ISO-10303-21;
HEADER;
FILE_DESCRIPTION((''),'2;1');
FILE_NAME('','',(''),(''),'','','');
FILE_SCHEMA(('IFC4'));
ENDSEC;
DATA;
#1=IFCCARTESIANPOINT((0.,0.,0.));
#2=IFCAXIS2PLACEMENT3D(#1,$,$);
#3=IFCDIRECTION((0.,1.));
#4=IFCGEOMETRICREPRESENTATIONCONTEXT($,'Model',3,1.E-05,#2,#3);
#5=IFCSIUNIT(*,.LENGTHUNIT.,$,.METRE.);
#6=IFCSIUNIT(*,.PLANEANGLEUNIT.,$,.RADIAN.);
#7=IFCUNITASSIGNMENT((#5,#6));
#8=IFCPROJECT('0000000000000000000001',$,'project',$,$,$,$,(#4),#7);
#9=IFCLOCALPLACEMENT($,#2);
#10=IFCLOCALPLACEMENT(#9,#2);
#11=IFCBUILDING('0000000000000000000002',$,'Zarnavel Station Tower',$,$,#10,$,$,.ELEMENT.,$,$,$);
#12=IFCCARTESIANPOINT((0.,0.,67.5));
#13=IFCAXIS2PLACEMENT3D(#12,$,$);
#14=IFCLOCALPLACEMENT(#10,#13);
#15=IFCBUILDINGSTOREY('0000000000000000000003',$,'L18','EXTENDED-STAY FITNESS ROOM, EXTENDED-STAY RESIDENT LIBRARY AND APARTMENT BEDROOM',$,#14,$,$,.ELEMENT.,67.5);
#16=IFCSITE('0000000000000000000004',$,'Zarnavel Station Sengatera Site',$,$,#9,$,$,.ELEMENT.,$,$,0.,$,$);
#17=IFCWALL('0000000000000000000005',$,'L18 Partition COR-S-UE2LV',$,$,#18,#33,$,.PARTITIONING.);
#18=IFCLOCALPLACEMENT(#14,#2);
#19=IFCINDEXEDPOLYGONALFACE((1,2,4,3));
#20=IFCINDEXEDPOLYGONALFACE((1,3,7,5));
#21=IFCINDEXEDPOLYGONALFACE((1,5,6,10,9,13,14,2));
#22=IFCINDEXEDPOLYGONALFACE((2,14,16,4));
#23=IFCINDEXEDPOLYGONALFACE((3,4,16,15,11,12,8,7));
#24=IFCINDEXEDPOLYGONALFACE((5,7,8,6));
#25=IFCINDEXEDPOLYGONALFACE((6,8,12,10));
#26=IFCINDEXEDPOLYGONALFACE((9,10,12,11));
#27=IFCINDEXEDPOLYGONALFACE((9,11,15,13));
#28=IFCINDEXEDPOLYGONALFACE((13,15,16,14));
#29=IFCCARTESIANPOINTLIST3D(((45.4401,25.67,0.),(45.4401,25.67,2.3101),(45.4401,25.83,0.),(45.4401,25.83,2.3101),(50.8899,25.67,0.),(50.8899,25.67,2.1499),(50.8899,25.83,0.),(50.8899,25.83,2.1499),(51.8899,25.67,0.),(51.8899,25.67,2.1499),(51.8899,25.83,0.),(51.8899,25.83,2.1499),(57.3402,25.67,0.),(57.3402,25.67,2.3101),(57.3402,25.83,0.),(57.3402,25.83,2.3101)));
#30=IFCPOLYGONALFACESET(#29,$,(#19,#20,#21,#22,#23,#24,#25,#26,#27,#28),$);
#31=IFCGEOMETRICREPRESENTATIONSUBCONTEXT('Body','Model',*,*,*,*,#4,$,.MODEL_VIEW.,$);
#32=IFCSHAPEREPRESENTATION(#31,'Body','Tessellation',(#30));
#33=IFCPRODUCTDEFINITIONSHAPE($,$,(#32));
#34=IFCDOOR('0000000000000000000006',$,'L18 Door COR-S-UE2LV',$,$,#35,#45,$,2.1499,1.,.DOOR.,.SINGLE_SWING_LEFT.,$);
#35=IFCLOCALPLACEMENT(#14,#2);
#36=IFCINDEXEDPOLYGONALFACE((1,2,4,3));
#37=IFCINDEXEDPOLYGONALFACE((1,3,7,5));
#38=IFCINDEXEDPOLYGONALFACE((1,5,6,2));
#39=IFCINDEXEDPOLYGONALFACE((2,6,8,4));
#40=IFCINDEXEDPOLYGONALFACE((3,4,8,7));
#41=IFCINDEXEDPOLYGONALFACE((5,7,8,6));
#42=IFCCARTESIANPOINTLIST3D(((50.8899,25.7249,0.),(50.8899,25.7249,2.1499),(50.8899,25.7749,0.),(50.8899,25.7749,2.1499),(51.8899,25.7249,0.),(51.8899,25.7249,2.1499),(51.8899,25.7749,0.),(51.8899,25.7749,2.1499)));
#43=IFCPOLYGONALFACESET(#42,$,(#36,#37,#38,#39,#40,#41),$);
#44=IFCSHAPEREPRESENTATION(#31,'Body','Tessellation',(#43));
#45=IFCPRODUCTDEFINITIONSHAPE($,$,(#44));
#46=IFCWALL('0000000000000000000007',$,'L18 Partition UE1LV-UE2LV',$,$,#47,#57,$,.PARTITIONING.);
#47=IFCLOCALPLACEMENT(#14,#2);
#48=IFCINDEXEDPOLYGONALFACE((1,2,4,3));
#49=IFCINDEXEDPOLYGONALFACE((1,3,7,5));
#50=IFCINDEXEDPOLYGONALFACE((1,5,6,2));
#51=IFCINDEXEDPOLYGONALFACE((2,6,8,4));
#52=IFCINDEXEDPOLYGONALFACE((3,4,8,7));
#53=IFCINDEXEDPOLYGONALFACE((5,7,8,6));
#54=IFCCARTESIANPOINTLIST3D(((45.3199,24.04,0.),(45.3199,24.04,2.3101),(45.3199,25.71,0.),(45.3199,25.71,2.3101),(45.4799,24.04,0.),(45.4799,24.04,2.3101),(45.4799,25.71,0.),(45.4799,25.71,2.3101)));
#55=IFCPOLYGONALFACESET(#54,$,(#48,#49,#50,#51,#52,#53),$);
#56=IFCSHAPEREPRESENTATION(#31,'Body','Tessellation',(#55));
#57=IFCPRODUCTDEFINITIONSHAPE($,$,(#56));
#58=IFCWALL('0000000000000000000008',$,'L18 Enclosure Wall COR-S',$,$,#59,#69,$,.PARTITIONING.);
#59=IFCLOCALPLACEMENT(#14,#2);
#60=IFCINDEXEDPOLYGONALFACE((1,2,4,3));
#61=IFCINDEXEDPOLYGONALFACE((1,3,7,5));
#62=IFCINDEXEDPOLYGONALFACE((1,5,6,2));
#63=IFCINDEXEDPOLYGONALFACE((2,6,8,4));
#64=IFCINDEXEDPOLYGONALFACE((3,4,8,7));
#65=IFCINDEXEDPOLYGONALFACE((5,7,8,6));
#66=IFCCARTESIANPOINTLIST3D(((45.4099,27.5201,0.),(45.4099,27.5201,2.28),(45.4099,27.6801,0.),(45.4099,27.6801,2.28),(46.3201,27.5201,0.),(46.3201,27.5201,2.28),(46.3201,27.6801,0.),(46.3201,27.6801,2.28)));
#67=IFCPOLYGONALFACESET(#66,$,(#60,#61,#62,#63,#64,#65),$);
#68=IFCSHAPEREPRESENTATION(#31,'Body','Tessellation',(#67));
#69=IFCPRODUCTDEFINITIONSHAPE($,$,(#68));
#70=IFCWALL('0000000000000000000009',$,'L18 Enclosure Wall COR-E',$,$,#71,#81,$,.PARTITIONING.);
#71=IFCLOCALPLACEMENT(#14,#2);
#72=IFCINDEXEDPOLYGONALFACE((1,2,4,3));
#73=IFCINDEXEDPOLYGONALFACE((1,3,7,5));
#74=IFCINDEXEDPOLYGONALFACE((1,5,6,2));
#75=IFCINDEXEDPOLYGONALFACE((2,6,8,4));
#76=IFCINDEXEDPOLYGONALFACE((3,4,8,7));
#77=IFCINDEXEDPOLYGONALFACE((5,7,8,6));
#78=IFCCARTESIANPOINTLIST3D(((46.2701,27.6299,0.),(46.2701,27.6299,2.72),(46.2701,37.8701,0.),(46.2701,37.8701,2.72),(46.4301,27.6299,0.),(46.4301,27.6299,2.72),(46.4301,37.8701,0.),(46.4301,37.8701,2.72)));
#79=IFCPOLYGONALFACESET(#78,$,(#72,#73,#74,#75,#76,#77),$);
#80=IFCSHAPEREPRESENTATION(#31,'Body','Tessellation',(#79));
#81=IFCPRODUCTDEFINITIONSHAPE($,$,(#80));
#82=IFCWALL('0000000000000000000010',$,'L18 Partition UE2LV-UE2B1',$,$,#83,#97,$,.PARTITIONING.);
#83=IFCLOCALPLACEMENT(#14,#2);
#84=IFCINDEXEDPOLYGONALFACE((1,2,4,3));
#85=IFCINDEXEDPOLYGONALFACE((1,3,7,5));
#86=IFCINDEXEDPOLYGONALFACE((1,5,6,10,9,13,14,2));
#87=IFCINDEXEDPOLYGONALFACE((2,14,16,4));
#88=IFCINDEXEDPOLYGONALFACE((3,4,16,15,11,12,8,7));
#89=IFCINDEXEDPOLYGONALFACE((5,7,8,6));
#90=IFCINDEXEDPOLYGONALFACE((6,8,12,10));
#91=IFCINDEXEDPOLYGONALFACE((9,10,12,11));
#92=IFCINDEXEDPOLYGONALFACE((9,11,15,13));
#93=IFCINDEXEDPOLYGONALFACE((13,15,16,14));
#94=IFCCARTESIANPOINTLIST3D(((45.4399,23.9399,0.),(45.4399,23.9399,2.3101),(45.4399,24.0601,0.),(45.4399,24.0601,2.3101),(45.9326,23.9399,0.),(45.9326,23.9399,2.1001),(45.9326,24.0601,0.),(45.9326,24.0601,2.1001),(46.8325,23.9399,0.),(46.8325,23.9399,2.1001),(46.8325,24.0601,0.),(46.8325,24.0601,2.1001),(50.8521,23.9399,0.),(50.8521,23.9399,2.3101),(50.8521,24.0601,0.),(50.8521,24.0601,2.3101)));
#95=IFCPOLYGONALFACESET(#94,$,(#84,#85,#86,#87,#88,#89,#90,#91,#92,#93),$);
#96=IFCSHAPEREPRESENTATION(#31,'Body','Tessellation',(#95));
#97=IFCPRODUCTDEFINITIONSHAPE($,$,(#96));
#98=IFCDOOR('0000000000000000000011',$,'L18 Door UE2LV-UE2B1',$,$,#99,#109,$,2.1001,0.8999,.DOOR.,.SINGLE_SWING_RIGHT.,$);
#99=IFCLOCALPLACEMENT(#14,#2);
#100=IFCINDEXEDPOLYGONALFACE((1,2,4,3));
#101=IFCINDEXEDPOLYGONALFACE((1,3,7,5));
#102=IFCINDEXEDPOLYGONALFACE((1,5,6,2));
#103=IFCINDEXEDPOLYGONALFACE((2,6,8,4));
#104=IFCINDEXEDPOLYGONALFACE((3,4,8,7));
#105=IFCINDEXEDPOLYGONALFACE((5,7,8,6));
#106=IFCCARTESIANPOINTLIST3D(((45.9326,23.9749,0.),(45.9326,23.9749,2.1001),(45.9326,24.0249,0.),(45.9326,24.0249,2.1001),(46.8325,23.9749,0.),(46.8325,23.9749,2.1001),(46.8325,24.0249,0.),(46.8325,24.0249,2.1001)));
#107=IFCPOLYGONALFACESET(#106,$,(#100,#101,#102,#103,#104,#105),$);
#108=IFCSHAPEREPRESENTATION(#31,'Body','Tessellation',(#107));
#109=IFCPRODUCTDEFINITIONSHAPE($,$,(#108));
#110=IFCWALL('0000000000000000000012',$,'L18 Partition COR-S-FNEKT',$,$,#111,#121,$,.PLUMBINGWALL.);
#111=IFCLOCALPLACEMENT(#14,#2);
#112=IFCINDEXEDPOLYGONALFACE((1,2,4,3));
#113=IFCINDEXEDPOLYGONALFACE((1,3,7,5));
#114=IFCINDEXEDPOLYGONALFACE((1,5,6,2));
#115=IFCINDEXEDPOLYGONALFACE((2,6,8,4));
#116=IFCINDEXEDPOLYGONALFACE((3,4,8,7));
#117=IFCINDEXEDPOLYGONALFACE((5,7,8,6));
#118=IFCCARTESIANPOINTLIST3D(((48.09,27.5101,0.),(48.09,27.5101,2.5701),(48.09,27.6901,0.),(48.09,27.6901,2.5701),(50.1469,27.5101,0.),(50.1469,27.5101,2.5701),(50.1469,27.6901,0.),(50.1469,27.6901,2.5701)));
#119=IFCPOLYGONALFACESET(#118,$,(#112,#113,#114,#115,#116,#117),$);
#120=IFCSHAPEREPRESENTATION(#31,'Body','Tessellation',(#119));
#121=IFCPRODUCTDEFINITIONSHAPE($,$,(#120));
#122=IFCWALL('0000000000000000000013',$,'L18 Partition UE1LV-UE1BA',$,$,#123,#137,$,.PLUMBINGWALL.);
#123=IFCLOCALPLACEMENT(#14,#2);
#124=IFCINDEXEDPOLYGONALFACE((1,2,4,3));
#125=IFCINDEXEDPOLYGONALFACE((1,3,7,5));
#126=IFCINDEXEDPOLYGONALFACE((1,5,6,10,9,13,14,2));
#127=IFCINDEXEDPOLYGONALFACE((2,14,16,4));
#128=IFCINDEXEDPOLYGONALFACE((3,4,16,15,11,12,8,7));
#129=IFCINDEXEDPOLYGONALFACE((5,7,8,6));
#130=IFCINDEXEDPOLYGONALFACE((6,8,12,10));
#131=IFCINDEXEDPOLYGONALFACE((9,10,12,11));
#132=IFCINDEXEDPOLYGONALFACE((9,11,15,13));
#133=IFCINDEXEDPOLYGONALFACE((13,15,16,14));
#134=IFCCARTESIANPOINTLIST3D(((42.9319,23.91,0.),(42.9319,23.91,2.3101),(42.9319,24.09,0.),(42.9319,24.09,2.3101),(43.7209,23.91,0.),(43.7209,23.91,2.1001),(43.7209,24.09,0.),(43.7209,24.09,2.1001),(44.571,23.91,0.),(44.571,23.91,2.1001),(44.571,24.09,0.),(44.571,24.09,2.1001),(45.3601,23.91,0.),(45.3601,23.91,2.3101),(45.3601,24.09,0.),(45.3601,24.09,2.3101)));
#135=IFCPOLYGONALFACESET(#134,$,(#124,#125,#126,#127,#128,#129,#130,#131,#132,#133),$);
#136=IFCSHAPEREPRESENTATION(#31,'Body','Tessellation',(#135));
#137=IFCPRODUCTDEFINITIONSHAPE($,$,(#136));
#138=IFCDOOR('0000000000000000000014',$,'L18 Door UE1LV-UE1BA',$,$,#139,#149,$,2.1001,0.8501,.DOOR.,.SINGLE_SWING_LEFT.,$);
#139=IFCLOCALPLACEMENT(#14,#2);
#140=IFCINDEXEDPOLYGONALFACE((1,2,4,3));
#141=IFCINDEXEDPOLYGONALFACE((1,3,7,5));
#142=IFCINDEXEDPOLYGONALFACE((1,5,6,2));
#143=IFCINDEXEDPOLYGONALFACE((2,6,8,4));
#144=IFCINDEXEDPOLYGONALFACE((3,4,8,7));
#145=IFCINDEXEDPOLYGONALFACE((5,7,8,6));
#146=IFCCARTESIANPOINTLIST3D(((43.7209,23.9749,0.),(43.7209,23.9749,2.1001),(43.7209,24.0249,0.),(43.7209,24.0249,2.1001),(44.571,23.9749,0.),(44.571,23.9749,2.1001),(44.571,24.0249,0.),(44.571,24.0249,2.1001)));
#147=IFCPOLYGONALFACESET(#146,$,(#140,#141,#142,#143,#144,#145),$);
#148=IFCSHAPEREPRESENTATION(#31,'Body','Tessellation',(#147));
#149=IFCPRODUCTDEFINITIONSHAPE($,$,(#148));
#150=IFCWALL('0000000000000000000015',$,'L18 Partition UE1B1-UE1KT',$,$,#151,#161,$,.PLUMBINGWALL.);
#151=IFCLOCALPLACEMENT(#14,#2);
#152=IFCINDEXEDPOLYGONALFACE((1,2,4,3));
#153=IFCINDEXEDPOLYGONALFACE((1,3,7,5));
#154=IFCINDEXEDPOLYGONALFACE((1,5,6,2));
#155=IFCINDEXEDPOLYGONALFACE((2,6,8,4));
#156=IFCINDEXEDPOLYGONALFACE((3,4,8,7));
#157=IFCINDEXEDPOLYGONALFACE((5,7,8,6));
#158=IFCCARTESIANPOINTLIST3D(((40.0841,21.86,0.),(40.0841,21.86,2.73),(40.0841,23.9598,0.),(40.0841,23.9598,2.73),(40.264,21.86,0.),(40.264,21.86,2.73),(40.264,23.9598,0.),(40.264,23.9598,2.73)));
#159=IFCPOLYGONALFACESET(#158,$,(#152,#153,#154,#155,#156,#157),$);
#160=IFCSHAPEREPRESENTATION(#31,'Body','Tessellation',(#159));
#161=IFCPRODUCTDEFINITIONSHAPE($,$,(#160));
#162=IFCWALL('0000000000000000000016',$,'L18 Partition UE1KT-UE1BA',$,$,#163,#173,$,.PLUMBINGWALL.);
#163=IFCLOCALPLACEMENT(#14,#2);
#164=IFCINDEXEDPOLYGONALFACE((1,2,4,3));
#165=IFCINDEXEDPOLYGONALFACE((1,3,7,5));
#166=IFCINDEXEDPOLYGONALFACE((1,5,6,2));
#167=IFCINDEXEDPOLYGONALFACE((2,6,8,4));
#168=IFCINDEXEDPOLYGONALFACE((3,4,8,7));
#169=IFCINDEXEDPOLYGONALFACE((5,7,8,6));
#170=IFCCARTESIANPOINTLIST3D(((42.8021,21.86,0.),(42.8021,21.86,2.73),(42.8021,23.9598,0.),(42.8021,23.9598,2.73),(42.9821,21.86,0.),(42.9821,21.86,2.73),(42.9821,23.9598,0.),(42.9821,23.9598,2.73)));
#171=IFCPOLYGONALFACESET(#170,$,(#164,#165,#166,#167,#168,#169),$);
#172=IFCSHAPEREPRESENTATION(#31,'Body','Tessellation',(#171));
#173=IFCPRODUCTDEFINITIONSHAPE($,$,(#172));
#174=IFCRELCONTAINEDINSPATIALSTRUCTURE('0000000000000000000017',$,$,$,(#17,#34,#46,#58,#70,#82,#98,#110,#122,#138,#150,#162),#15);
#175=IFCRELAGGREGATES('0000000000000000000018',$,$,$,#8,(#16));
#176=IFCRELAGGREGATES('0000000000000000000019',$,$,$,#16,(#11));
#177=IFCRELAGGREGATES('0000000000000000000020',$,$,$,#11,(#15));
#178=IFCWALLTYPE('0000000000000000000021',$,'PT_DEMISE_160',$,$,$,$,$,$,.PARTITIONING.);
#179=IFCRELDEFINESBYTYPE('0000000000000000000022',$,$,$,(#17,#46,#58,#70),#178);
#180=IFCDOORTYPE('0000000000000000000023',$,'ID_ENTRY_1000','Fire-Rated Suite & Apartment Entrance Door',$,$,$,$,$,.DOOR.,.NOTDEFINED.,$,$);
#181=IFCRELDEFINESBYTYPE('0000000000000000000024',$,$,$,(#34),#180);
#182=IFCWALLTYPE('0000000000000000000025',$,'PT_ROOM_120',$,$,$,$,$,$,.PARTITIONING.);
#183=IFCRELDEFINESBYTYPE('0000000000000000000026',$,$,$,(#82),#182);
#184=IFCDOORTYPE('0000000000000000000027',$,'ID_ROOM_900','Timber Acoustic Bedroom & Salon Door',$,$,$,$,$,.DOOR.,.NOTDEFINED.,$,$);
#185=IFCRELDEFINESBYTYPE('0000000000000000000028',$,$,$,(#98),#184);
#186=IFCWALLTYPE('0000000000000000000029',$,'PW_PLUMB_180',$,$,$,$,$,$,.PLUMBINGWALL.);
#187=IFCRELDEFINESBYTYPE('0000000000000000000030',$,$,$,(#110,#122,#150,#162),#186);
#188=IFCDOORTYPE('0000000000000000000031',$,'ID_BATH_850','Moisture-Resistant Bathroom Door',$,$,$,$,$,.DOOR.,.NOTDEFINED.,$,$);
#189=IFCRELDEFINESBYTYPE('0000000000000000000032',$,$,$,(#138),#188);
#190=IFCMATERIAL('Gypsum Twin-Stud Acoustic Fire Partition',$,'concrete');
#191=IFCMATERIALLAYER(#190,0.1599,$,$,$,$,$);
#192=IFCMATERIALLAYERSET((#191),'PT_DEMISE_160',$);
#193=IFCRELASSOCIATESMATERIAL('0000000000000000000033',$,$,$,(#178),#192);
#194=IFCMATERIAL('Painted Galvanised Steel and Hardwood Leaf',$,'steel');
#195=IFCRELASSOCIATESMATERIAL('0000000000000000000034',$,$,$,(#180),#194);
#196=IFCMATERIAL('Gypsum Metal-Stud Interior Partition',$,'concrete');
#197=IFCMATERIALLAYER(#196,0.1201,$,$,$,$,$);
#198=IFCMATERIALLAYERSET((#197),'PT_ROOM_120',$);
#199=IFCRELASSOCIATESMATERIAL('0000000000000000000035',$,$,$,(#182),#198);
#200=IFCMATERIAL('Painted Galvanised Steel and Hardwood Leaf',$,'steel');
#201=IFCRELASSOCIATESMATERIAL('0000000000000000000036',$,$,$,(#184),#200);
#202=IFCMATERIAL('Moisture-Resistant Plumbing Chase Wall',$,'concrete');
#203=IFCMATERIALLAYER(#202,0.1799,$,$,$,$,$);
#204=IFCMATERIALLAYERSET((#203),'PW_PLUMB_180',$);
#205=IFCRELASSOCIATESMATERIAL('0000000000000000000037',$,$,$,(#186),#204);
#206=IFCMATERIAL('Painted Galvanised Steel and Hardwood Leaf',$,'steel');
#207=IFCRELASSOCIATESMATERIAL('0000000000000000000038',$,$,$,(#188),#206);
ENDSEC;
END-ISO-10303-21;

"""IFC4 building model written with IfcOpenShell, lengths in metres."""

from ifc_helpers import new_model, si_unit, direction, frame, frame_2d, origin, place, context, subcontext, project, spatial, rectangle, extrude, material, layer, layer_set, type_object, element, fill, save


model = new_model("IFC4")

# Units and contexts
model_context = context("Model", 3, precision=1e-05, world=origin(), true_north=direction((0.0, 1.0)))
body_context = subcontext(model_context, "Body", "Model", "MODEL_VIEW")
ifc_project = project(units=[si_unit("LENGTHUNIT", "METRE"), si_unit("PLANEANGLEUNIT", "RADIAN")], contexts=[model_context])

# Site, building, storey
site_placement = place(None, origin())
site = spatial("IfcSite", under=ifc_project, at=site_placement, Name="Zarnavel Station Sengatera Site", CompositionType="ELEMENT", RefElevation=0.0)
building_placement = place(site_placement, origin())
building = spatial("IfcBuilding", under=site, at=building_placement, Name="Zarnavel Station Tower", CompositionType="ELEMENT")
storey_placement = place(building_placement, frame((0.0, 0.0, 67.5)))
storey = spatial("IfcBuildingStorey", under=building, at=storey_placement, Name="L18", Description="EXTENDED-STAY FITNESS ROOM, EXTENDED-STAY RESIDENT LIBRARY AND APARTMENT BEDROOM", CompositionType="ELEMENT", Elevation=67.5)

# Wall, opening, door
ifc_material_1 = material(Name="Gypsum Twin-Stud Acoustic Fire Partition", Category="concrete")
ifc_layer_1 = layer(ifc_material_1, 0.1599)
ifc_layer_set_1 = layer_set([ifc_layer_1], Name="PT_DEMISE_160")
wall_type_1 = type_object("IfcWallType", Name="PT_DEMISE_160", PredefinedType="PARTITIONING", material=ifc_layer_set_1)
wall_1_placement = place(storey_placement, frame((45.4399, 25.75, 0.0), z_axis=(0.0, 0.0, 1.0), x_axis=(1.0, 0.0, 0.0)))
wall_1 = element("IfcWall", 1, at=wall_1_placement, inside=storey, type_object=wall_type_1, Name="L18 Partition COR-S-UE2LV", PredefinedType="PARTITIONING", context=body_context, shape_type="SweptSolid", body=[
    extrude(rectangle(XDim=11.9001, YDim=0.1599, at=frame_2d((5.9502, 0.0))), origin(), (0.0, 0.0, 1.0), 2.3101),
])
opening_1_placement = place(wall_1_placement, frame((5.45, 0.0, 0.0)))
opening_1 = element("IfcOpeningElement", 2, at=opening_1_placement, cuts=wall_1, PredefinedType="OPENING", context=body_context, shape_type="SweptSolid", body=[
    extrude(rectangle(XDim=1.0, YDim=2.1499, at=frame_2d((0.5, 1.075))), frame((0.0, 0.0898, 0.0), z_axis=(0.0, -1.0, 0.0), x_axis=(1.0, 0.0, 0.0)), (0.0, 0.0, 1.0), 0.1799),
])
ifc_material_2 = material(Name="Painted Galvanised Steel and Hardwood Leaf", Category="steel")
door_type_1 = type_object("IfcDoorType", Name="ID_ENTRY_1000", Description="Fire-Rated Suite & Apartment Entrance Door", OperationType="NOTDEFINED", PredefinedType="DOOR", material=ifc_material_2)
door_1_placement = place(opening_1_placement, origin())
door_1 = element("IfcDoor", 3, at=door_1_placement, inside=storey, type_object=door_type_1, Name="L18 Door COR-S-UE2LV", OperationType="SINGLE_SWING_LEFT", OverallHeight=2.1499, OverallWidth=1.0, PredefinedType="DOOR", context=body_context, shape_type="SweptSolid", body=[
    extrude(rectangle(XDim=1.0, YDim=2.1499, at=frame_2d((0.5, 1.075))), frame((0.0, 0.0249, 0.0), z_axis=(0.0, -1.0, 0.0), x_axis=(1.0, 0.0, 0.0)), (0.0, 0.0, 1.0), 0.05),
])
fill(opening_1, door_1)

# Walls
wall_2_placement = place(storey_placement, frame((45.3999, 24.04, 0.0), z_axis=(0.0, 0.0, 1.0), x_axis=(0.0, 1.0, 0.0)))
element("IfcWall", 4, at=wall_2_placement, inside=storey, type_object=wall_type_1, Name="L18 Partition UE1LV-UE2LV", PredefinedType="PARTITIONING", context=body_context, shape_type="SweptSolid", body=[
    extrude(rectangle(XDim=1.6699, YDim=0.1599, at=frame_2d((0.835, 0.0))), origin(), (0.0, 0.0, 1.0), 2.3101),
])
wall_3_placement = place(storey_placement, frame((45.4099, 27.6001, 0.0), z_axis=(0.0, 0.0, 1.0), x_axis=(1.0, 0.0, 0.0)))
element("IfcWall", 5, at=wall_3_placement, inside=storey, type_object=wall_type_1, Name="L18 Enclosure Wall COR-S", PredefinedType="PARTITIONING", context=body_context, shape_type="SweptSolid", body=[
    extrude(rectangle(XDim=0.9102, YDim=0.1599, at=frame_2d((0.4551, 0.0))), origin(), (0.0, 0.0, 1.0), 2.28),
])
wall_4_placement = place(storey_placement, frame((46.3501, 27.6299, 0.0), z_axis=(0.0, 0.0, 1.0), x_axis=(0.0, 1.0, 0.0)))
element("IfcWall", 6, at=wall_4_placement, inside=storey, type_object=wall_type_1, Name="L18 Enclosure Wall COR-E", PredefinedType="PARTITIONING", context=body_context, shape_type="SweptSolid", body=[
    extrude(rectangle(XDim=10.2402, YDim=0.1599, at=frame_2d((5.1201, 0.0))), origin(), (0.0, 0.0, 1.0), 2.72),
])

# Wall, opening, door
ifc_material_3 = material(Name="Gypsum Metal-Stud Interior Partition", Category="concrete")
ifc_layer_2 = layer(ifc_material_3, 0.1201)
ifc_layer_set_2 = layer_set([ifc_layer_2], Name="PT_ROOM_120")
wall_type_2 = type_object("IfcWallType", Name="PT_ROOM_120", PredefinedType="PARTITIONING", material=ifc_layer_set_2)
wall_5_placement = place(storey_placement, frame((45.4399, 24.0, 0.0), z_axis=(0.0, 0.0, 1.0), x_axis=(1.0, 0.0, 0.0)))
wall_5 = element("IfcWall", 7, at=wall_5_placement, inside=storey, type_object=wall_type_2, Name="L18 Partition UE2LV-UE2B1", PredefinedType="PARTITIONING", context=body_context, shape_type="SweptSolid", body=[
    extrude(rectangle(XDim=5.4121, YDim=0.1201, at=frame_2d((2.7061, 0.0))), origin(), (0.0, 0.0, 1.0), 2.3101),
])
opening_2_placement = place(wall_5_placement, frame((0.4927, 0.0, 0.0)))
opening_2 = element("IfcOpeningElement", 8, at=opening_2_placement, cuts=wall_5, PredefinedType="OPENING", context=body_context, shape_type="SweptSolid", body=[
    extrude(rectangle(XDim=0.8999, YDim=2.1001, at=frame_2d((0.45, 1.05))), frame((0.0, 0.0701, 0.0), z_axis=(0.0, -1.0, 0.0), x_axis=(1.0, 0.0, 0.0)), (0.0, 0.0, 1.0), 0.1401),
])
ifc_material_4 = material(Name="Painted Galvanised Steel and Hardwood Leaf", Category="steel")
door_type_2 = type_object("IfcDoorType", Name="ID_ROOM_900", Description="Timber Acoustic Bedroom & Salon Door", OperationType="NOTDEFINED", PredefinedType="DOOR", material=ifc_material_4)
door_2_placement = place(opening_2_placement, origin())
door_2 = element("IfcDoor", 9, at=door_2_placement, inside=storey, type_object=door_type_2, Name="L18 Door UE2LV-UE2B1", OperationType="SINGLE_SWING_RIGHT", OverallHeight=2.1001, OverallWidth=0.8999, PredefinedType="DOOR", context=body_context, shape_type="SweptSolid", body=[
    extrude(rectangle(XDim=0.8999, YDim=2.1001, at=frame_2d((0.45, 1.05))), frame((0.0, 0.0249, 0.0), z_axis=(0.0, -1.0, 0.0), x_axis=(1.0, 0.0, 0.0)), (0.0, 0.0, 1.0), 0.05),
])
fill(opening_2, door_2)

# Wall
ifc_material_5 = material(Name="Moisture-Resistant Plumbing Chase Wall", Category="concrete")
ifc_layer_3 = layer(ifc_material_5, 0.1799)
ifc_layer_set_3 = layer_set([ifc_layer_3], Name="PW_PLUMB_180")
wall_type_3 = type_object("IfcWallType", Name="PW_PLUMB_180", PredefinedType="PLUMBINGWALL", material=ifc_layer_set_3)
wall_6_placement = place(storey_placement, frame((48.0901, 27.6001, 0.0), z_axis=(0.0, 0.0, 1.0), x_axis=(1.0, 0.0, 0.0)))
element("IfcWall", 10, at=wall_6_placement, inside=storey, type_object=wall_type_3, Name="L18 Partition COR-S-FNEKT", PredefinedType="PLUMBINGWALL", context=body_context, shape_type="SweptSolid", body=[
    extrude(rectangle(XDim=2.0569, YDim=0.1799, at=frame_2d((1.0283, 0.0))), origin(), (0.0, 0.0, 1.0), 2.5701),
])

# Wall, opening, door
wall_7_placement = place(storey_placement, frame((42.9319, 24.0, 0.0), z_axis=(0.0, 0.0, 1.0), x_axis=(1.0, 0.0, 0.0)))
wall_7 = element("IfcWall", 11, at=wall_7_placement, inside=storey, type_object=wall_type_3, Name="L18 Partition UE1LV-UE1BA", PredefinedType="PLUMBINGWALL", context=body_context, shape_type="SweptSolid", body=[
    extrude(rectangle(XDim=2.4282, YDim=0.1799, at=frame_2d((1.2141, 0.0))), origin(), (0.0, 0.0, 1.0), 2.3101),
])
opening_3_placement = place(wall_7_placement, frame((0.7891, 0.0, 0.0)))
opening_3 = element("IfcOpeningElement", 12, at=opening_3_placement, cuts=wall_7, PredefinedType="OPENING", context=body_context, shape_type="SweptSolid", body=[
    extrude(rectangle(XDim=0.8501, YDim=2.1001, at=frame_2d((0.425, 1.05))), frame((0.0, 0.0999, 0.0), z_axis=(0.0, -1.0, 0.0), x_axis=(1.0, 0.0, 0.0)), (0.0, 0.0, 1.0), 0.2),
])
ifc_material_6 = material(Name="Painted Galvanised Steel and Hardwood Leaf", Category="steel")
door_type_3 = type_object("IfcDoorType", Name="ID_BATH_850", Description="Moisture-Resistant Bathroom Door", OperationType="NOTDEFINED", PredefinedType="DOOR", material=ifc_material_6)
door_3_placement = place(opening_3_placement, origin())
door_3 = element("IfcDoor", 13, at=door_3_placement, inside=storey, type_object=door_type_3, Name="L18 Door UE1LV-UE1BA", OperationType="SINGLE_SWING_LEFT", OverallHeight=2.1001, OverallWidth=0.8501, PredefinedType="DOOR", context=body_context, shape_type="SweptSolid", body=[
    extrude(rectangle(XDim=0.8501, YDim=2.1001, at=frame_2d((0.425, 1.05))), frame((0.0, 0.0249, 0.0), z_axis=(0.0, -1.0, 0.0), x_axis=(1.0, 0.0, 0.0)), (0.0, 0.0, 1.0), 0.05),
])
fill(opening_3, door_3)

# Walls
for number, where, z_axis, x_axis, name in (
    (14, (40.1741, 21.8601, 0.0), (0.0, 0.0, 1.0), (0.0, 1.0, 0.0), "L18 Partition UE1B1-UE1KT"),
    (15, (42.8921, 21.8601, 0.0), (0.0, 0.0, 1.0), (0.0, 1.0, 0.0), "L18 Partition UE1KT-UE1BA"),
):
    element("IfcWall", number, at=place(storey_placement, frame(where, z_axis=z_axis, x_axis=x_axis)), inside=storey, type_object=wall_type_3, Name=name, PredefinedType="PLUMBINGWALL", context=body_context, shape_type="SweptSolid", body=[
        extrude(rectangle(XDim=2.0999, YDim=0.1799, at=frame_2d((1.0498, 0.0))), origin(), (0.0, 0.0, 1.0), 2.73),
    ])

save(model, "model.ifc")
